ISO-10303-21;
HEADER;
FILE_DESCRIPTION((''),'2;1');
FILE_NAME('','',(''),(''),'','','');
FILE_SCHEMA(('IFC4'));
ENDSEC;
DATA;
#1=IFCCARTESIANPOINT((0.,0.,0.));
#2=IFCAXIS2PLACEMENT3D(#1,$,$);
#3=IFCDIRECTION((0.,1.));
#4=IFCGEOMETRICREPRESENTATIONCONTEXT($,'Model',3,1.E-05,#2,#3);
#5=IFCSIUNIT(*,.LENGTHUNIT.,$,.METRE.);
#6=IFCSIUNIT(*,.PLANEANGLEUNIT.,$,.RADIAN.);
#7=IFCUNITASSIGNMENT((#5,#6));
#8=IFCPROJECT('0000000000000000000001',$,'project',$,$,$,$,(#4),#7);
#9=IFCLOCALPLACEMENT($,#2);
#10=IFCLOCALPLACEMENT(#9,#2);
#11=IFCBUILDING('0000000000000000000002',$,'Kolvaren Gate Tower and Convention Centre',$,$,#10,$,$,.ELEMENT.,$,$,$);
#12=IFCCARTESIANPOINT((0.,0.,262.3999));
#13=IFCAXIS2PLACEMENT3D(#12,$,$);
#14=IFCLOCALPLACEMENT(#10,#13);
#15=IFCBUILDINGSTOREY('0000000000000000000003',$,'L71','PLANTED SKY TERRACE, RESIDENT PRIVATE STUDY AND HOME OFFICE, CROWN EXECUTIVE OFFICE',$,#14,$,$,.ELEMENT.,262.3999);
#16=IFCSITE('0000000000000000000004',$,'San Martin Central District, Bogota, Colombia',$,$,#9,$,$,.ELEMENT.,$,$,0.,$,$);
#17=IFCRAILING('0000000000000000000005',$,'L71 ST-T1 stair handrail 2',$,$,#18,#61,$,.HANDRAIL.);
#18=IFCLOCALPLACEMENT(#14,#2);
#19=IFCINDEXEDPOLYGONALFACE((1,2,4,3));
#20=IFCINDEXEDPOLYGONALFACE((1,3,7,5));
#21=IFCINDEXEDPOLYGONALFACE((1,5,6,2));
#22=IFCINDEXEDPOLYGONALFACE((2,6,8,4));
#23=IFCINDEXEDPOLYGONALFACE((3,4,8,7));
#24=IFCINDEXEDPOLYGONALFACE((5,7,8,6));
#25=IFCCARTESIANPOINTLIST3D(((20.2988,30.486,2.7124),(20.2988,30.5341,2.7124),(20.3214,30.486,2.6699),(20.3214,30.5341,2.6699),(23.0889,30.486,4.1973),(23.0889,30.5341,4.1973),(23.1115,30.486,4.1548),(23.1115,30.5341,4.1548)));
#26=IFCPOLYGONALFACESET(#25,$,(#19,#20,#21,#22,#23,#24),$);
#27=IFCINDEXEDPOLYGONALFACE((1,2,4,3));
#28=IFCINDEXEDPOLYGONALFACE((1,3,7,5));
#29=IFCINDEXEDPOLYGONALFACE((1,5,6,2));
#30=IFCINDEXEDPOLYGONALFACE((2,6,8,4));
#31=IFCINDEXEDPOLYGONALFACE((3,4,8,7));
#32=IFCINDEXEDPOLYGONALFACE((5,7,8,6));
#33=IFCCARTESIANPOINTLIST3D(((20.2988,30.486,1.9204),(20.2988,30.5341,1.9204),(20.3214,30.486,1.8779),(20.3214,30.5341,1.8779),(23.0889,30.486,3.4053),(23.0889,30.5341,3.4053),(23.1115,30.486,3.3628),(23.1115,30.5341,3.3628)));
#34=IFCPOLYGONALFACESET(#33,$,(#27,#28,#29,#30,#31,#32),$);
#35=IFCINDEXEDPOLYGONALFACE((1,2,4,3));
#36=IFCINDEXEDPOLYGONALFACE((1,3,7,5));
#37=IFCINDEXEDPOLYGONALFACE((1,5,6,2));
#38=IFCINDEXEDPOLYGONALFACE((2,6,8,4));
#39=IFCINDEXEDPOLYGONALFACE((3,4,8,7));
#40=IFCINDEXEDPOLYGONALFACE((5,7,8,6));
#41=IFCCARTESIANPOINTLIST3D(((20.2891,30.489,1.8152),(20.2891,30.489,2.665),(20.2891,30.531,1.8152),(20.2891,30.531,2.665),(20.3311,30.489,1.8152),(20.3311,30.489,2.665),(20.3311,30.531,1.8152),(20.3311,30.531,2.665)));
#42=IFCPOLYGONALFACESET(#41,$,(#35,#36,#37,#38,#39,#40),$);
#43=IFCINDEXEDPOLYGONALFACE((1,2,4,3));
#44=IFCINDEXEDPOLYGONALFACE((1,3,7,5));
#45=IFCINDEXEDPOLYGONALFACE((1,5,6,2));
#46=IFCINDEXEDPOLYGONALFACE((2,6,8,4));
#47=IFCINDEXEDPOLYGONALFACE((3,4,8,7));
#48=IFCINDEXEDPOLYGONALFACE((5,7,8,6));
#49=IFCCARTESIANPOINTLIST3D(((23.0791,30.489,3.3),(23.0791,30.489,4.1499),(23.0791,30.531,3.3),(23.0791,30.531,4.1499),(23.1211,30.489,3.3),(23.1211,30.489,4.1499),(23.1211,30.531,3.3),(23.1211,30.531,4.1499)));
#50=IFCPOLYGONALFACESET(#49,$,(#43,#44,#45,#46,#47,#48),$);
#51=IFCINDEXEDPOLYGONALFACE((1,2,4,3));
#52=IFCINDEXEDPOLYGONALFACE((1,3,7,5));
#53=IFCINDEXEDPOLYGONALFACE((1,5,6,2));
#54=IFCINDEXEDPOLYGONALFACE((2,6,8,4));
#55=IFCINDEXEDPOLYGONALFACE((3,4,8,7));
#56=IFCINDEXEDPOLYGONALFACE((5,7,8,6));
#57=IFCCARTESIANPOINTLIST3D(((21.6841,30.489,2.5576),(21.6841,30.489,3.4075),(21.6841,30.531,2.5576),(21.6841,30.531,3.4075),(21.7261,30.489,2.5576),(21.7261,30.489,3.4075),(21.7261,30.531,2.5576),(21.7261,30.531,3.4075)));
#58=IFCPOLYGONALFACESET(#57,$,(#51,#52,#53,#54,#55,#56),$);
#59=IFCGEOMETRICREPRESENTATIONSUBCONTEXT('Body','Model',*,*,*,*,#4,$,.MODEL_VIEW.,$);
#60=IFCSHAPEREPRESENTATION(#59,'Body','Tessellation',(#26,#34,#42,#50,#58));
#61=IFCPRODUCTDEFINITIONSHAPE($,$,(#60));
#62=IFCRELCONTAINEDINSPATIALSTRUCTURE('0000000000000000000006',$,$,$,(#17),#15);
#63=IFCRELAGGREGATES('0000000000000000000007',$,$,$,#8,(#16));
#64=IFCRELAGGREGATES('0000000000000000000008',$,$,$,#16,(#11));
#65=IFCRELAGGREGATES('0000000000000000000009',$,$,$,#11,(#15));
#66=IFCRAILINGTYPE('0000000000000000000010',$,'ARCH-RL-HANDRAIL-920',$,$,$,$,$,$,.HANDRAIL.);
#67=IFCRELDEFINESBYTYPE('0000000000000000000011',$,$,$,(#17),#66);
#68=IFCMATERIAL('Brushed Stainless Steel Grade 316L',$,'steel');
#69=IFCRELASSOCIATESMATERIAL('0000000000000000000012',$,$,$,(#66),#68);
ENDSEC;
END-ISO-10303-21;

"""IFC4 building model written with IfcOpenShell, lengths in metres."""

from ifc_helpers import new_model, si_unit, direction, frame, origin, origin_2d, place, context, subcontext, project, spatial, rectangle, extrude, material, type_object, element, save


model = new_model("IFC4")

# Units and contexts
model_context = context("Model", 3, precision=1e-05, world=origin(), true_north=direction((0.0, 1.0)))
body_context = subcontext(model_context, "Body", "Model", "MODEL_VIEW")
ifc_project = project(units=[si_unit("LENGTHUNIT", "METRE"), si_unit("PLANEANGLEUNIT", "RADIAN")], contexts=[model_context])

# Site, building, storey
site_placement = place(None, origin())
site = spatial("IfcSite", under=ifc_project, at=site_placement, Name="San Martin Central District, Bogota, Colombia", CompositionType="ELEMENT", RefElevation=0.0)
building_placement = place(site_placement, origin())
building = spatial("IfcBuilding", under=site, at=building_placement, Name="Kolvaren Gate Tower and Convention Centre", CompositionType="ELEMENT")
storey_placement = place(building_placement, frame((0.0, 0.0, 262.3999)))
storey = spatial("IfcBuildingStorey", under=building, at=storey_placement, Name="L71", Description="PLANTED SKY TERRACE, RESIDENT PRIVATE STUDY AND HOME OFFICE, CROWN EXECUTIVE OFFICE", CompositionType="ELEMENT", Elevation=262.3999)

# Shared definitions
ifc_material_1 = material(Name="Brushed Stainless Steel Grade 316L", Category="steel")

# Railing
railing_type_1 = type_object("IfcRailingType", Name="ARCH-RL-HANDRAIL-920", PredefinedType="HANDRAIL", material=ifc_material_1)
railing_1_placement = place(storey_placement, frame((20.3101, 30.51, 1.8152)))
element("IfcRailing", 1, at=railing_1_placement, inside=storey, type_object=railing_type_1, Name="L71 ST-T1 stair handrail 2", PredefinedType="HANDRAIL", context=body_context, shape_type="SweptSolid", body=[
    extrude(rectangle(XDim=0.0481, YDim=0.0481, at=origin_2d()), frame((0.0, 0.0, 0.876), z_axis=(0.882767, 0.0, 0.46981), x_axis=(0.0, 1.0, 0.0)), (0.0, 0.0, 1.0), 3.1606),
    extrude(rectangle(XDim=0.0481, YDim=0.0481, at=origin_2d()), frame((0.0, 0.0, 0.084), z_axis=(0.882767, 0.0, 0.46981), x_axis=(0.0, 1.0, 0.0)), (0.0, 0.0, 1.0), 3.1606),
    extrude(rectangle(XDim=0.042, YDim=0.042, at=origin_2d()), origin(), (0.0, 0.0, 1.0), 0.8499),
    extrude(rectangle(XDim=0.042, YDim=0.042, at=origin_2d()), frame((2.79, 0.0, 1.4849)), (0.0, 0.0, 1.0), 0.8499),
    extrude(rectangle(XDim=0.042, YDim=0.042, at=origin_2d()), frame((1.395, 0.0, 0.7424)), (0.0, 0.0, 1.0), 0.8499),
])

save(model, "model.ifc")
